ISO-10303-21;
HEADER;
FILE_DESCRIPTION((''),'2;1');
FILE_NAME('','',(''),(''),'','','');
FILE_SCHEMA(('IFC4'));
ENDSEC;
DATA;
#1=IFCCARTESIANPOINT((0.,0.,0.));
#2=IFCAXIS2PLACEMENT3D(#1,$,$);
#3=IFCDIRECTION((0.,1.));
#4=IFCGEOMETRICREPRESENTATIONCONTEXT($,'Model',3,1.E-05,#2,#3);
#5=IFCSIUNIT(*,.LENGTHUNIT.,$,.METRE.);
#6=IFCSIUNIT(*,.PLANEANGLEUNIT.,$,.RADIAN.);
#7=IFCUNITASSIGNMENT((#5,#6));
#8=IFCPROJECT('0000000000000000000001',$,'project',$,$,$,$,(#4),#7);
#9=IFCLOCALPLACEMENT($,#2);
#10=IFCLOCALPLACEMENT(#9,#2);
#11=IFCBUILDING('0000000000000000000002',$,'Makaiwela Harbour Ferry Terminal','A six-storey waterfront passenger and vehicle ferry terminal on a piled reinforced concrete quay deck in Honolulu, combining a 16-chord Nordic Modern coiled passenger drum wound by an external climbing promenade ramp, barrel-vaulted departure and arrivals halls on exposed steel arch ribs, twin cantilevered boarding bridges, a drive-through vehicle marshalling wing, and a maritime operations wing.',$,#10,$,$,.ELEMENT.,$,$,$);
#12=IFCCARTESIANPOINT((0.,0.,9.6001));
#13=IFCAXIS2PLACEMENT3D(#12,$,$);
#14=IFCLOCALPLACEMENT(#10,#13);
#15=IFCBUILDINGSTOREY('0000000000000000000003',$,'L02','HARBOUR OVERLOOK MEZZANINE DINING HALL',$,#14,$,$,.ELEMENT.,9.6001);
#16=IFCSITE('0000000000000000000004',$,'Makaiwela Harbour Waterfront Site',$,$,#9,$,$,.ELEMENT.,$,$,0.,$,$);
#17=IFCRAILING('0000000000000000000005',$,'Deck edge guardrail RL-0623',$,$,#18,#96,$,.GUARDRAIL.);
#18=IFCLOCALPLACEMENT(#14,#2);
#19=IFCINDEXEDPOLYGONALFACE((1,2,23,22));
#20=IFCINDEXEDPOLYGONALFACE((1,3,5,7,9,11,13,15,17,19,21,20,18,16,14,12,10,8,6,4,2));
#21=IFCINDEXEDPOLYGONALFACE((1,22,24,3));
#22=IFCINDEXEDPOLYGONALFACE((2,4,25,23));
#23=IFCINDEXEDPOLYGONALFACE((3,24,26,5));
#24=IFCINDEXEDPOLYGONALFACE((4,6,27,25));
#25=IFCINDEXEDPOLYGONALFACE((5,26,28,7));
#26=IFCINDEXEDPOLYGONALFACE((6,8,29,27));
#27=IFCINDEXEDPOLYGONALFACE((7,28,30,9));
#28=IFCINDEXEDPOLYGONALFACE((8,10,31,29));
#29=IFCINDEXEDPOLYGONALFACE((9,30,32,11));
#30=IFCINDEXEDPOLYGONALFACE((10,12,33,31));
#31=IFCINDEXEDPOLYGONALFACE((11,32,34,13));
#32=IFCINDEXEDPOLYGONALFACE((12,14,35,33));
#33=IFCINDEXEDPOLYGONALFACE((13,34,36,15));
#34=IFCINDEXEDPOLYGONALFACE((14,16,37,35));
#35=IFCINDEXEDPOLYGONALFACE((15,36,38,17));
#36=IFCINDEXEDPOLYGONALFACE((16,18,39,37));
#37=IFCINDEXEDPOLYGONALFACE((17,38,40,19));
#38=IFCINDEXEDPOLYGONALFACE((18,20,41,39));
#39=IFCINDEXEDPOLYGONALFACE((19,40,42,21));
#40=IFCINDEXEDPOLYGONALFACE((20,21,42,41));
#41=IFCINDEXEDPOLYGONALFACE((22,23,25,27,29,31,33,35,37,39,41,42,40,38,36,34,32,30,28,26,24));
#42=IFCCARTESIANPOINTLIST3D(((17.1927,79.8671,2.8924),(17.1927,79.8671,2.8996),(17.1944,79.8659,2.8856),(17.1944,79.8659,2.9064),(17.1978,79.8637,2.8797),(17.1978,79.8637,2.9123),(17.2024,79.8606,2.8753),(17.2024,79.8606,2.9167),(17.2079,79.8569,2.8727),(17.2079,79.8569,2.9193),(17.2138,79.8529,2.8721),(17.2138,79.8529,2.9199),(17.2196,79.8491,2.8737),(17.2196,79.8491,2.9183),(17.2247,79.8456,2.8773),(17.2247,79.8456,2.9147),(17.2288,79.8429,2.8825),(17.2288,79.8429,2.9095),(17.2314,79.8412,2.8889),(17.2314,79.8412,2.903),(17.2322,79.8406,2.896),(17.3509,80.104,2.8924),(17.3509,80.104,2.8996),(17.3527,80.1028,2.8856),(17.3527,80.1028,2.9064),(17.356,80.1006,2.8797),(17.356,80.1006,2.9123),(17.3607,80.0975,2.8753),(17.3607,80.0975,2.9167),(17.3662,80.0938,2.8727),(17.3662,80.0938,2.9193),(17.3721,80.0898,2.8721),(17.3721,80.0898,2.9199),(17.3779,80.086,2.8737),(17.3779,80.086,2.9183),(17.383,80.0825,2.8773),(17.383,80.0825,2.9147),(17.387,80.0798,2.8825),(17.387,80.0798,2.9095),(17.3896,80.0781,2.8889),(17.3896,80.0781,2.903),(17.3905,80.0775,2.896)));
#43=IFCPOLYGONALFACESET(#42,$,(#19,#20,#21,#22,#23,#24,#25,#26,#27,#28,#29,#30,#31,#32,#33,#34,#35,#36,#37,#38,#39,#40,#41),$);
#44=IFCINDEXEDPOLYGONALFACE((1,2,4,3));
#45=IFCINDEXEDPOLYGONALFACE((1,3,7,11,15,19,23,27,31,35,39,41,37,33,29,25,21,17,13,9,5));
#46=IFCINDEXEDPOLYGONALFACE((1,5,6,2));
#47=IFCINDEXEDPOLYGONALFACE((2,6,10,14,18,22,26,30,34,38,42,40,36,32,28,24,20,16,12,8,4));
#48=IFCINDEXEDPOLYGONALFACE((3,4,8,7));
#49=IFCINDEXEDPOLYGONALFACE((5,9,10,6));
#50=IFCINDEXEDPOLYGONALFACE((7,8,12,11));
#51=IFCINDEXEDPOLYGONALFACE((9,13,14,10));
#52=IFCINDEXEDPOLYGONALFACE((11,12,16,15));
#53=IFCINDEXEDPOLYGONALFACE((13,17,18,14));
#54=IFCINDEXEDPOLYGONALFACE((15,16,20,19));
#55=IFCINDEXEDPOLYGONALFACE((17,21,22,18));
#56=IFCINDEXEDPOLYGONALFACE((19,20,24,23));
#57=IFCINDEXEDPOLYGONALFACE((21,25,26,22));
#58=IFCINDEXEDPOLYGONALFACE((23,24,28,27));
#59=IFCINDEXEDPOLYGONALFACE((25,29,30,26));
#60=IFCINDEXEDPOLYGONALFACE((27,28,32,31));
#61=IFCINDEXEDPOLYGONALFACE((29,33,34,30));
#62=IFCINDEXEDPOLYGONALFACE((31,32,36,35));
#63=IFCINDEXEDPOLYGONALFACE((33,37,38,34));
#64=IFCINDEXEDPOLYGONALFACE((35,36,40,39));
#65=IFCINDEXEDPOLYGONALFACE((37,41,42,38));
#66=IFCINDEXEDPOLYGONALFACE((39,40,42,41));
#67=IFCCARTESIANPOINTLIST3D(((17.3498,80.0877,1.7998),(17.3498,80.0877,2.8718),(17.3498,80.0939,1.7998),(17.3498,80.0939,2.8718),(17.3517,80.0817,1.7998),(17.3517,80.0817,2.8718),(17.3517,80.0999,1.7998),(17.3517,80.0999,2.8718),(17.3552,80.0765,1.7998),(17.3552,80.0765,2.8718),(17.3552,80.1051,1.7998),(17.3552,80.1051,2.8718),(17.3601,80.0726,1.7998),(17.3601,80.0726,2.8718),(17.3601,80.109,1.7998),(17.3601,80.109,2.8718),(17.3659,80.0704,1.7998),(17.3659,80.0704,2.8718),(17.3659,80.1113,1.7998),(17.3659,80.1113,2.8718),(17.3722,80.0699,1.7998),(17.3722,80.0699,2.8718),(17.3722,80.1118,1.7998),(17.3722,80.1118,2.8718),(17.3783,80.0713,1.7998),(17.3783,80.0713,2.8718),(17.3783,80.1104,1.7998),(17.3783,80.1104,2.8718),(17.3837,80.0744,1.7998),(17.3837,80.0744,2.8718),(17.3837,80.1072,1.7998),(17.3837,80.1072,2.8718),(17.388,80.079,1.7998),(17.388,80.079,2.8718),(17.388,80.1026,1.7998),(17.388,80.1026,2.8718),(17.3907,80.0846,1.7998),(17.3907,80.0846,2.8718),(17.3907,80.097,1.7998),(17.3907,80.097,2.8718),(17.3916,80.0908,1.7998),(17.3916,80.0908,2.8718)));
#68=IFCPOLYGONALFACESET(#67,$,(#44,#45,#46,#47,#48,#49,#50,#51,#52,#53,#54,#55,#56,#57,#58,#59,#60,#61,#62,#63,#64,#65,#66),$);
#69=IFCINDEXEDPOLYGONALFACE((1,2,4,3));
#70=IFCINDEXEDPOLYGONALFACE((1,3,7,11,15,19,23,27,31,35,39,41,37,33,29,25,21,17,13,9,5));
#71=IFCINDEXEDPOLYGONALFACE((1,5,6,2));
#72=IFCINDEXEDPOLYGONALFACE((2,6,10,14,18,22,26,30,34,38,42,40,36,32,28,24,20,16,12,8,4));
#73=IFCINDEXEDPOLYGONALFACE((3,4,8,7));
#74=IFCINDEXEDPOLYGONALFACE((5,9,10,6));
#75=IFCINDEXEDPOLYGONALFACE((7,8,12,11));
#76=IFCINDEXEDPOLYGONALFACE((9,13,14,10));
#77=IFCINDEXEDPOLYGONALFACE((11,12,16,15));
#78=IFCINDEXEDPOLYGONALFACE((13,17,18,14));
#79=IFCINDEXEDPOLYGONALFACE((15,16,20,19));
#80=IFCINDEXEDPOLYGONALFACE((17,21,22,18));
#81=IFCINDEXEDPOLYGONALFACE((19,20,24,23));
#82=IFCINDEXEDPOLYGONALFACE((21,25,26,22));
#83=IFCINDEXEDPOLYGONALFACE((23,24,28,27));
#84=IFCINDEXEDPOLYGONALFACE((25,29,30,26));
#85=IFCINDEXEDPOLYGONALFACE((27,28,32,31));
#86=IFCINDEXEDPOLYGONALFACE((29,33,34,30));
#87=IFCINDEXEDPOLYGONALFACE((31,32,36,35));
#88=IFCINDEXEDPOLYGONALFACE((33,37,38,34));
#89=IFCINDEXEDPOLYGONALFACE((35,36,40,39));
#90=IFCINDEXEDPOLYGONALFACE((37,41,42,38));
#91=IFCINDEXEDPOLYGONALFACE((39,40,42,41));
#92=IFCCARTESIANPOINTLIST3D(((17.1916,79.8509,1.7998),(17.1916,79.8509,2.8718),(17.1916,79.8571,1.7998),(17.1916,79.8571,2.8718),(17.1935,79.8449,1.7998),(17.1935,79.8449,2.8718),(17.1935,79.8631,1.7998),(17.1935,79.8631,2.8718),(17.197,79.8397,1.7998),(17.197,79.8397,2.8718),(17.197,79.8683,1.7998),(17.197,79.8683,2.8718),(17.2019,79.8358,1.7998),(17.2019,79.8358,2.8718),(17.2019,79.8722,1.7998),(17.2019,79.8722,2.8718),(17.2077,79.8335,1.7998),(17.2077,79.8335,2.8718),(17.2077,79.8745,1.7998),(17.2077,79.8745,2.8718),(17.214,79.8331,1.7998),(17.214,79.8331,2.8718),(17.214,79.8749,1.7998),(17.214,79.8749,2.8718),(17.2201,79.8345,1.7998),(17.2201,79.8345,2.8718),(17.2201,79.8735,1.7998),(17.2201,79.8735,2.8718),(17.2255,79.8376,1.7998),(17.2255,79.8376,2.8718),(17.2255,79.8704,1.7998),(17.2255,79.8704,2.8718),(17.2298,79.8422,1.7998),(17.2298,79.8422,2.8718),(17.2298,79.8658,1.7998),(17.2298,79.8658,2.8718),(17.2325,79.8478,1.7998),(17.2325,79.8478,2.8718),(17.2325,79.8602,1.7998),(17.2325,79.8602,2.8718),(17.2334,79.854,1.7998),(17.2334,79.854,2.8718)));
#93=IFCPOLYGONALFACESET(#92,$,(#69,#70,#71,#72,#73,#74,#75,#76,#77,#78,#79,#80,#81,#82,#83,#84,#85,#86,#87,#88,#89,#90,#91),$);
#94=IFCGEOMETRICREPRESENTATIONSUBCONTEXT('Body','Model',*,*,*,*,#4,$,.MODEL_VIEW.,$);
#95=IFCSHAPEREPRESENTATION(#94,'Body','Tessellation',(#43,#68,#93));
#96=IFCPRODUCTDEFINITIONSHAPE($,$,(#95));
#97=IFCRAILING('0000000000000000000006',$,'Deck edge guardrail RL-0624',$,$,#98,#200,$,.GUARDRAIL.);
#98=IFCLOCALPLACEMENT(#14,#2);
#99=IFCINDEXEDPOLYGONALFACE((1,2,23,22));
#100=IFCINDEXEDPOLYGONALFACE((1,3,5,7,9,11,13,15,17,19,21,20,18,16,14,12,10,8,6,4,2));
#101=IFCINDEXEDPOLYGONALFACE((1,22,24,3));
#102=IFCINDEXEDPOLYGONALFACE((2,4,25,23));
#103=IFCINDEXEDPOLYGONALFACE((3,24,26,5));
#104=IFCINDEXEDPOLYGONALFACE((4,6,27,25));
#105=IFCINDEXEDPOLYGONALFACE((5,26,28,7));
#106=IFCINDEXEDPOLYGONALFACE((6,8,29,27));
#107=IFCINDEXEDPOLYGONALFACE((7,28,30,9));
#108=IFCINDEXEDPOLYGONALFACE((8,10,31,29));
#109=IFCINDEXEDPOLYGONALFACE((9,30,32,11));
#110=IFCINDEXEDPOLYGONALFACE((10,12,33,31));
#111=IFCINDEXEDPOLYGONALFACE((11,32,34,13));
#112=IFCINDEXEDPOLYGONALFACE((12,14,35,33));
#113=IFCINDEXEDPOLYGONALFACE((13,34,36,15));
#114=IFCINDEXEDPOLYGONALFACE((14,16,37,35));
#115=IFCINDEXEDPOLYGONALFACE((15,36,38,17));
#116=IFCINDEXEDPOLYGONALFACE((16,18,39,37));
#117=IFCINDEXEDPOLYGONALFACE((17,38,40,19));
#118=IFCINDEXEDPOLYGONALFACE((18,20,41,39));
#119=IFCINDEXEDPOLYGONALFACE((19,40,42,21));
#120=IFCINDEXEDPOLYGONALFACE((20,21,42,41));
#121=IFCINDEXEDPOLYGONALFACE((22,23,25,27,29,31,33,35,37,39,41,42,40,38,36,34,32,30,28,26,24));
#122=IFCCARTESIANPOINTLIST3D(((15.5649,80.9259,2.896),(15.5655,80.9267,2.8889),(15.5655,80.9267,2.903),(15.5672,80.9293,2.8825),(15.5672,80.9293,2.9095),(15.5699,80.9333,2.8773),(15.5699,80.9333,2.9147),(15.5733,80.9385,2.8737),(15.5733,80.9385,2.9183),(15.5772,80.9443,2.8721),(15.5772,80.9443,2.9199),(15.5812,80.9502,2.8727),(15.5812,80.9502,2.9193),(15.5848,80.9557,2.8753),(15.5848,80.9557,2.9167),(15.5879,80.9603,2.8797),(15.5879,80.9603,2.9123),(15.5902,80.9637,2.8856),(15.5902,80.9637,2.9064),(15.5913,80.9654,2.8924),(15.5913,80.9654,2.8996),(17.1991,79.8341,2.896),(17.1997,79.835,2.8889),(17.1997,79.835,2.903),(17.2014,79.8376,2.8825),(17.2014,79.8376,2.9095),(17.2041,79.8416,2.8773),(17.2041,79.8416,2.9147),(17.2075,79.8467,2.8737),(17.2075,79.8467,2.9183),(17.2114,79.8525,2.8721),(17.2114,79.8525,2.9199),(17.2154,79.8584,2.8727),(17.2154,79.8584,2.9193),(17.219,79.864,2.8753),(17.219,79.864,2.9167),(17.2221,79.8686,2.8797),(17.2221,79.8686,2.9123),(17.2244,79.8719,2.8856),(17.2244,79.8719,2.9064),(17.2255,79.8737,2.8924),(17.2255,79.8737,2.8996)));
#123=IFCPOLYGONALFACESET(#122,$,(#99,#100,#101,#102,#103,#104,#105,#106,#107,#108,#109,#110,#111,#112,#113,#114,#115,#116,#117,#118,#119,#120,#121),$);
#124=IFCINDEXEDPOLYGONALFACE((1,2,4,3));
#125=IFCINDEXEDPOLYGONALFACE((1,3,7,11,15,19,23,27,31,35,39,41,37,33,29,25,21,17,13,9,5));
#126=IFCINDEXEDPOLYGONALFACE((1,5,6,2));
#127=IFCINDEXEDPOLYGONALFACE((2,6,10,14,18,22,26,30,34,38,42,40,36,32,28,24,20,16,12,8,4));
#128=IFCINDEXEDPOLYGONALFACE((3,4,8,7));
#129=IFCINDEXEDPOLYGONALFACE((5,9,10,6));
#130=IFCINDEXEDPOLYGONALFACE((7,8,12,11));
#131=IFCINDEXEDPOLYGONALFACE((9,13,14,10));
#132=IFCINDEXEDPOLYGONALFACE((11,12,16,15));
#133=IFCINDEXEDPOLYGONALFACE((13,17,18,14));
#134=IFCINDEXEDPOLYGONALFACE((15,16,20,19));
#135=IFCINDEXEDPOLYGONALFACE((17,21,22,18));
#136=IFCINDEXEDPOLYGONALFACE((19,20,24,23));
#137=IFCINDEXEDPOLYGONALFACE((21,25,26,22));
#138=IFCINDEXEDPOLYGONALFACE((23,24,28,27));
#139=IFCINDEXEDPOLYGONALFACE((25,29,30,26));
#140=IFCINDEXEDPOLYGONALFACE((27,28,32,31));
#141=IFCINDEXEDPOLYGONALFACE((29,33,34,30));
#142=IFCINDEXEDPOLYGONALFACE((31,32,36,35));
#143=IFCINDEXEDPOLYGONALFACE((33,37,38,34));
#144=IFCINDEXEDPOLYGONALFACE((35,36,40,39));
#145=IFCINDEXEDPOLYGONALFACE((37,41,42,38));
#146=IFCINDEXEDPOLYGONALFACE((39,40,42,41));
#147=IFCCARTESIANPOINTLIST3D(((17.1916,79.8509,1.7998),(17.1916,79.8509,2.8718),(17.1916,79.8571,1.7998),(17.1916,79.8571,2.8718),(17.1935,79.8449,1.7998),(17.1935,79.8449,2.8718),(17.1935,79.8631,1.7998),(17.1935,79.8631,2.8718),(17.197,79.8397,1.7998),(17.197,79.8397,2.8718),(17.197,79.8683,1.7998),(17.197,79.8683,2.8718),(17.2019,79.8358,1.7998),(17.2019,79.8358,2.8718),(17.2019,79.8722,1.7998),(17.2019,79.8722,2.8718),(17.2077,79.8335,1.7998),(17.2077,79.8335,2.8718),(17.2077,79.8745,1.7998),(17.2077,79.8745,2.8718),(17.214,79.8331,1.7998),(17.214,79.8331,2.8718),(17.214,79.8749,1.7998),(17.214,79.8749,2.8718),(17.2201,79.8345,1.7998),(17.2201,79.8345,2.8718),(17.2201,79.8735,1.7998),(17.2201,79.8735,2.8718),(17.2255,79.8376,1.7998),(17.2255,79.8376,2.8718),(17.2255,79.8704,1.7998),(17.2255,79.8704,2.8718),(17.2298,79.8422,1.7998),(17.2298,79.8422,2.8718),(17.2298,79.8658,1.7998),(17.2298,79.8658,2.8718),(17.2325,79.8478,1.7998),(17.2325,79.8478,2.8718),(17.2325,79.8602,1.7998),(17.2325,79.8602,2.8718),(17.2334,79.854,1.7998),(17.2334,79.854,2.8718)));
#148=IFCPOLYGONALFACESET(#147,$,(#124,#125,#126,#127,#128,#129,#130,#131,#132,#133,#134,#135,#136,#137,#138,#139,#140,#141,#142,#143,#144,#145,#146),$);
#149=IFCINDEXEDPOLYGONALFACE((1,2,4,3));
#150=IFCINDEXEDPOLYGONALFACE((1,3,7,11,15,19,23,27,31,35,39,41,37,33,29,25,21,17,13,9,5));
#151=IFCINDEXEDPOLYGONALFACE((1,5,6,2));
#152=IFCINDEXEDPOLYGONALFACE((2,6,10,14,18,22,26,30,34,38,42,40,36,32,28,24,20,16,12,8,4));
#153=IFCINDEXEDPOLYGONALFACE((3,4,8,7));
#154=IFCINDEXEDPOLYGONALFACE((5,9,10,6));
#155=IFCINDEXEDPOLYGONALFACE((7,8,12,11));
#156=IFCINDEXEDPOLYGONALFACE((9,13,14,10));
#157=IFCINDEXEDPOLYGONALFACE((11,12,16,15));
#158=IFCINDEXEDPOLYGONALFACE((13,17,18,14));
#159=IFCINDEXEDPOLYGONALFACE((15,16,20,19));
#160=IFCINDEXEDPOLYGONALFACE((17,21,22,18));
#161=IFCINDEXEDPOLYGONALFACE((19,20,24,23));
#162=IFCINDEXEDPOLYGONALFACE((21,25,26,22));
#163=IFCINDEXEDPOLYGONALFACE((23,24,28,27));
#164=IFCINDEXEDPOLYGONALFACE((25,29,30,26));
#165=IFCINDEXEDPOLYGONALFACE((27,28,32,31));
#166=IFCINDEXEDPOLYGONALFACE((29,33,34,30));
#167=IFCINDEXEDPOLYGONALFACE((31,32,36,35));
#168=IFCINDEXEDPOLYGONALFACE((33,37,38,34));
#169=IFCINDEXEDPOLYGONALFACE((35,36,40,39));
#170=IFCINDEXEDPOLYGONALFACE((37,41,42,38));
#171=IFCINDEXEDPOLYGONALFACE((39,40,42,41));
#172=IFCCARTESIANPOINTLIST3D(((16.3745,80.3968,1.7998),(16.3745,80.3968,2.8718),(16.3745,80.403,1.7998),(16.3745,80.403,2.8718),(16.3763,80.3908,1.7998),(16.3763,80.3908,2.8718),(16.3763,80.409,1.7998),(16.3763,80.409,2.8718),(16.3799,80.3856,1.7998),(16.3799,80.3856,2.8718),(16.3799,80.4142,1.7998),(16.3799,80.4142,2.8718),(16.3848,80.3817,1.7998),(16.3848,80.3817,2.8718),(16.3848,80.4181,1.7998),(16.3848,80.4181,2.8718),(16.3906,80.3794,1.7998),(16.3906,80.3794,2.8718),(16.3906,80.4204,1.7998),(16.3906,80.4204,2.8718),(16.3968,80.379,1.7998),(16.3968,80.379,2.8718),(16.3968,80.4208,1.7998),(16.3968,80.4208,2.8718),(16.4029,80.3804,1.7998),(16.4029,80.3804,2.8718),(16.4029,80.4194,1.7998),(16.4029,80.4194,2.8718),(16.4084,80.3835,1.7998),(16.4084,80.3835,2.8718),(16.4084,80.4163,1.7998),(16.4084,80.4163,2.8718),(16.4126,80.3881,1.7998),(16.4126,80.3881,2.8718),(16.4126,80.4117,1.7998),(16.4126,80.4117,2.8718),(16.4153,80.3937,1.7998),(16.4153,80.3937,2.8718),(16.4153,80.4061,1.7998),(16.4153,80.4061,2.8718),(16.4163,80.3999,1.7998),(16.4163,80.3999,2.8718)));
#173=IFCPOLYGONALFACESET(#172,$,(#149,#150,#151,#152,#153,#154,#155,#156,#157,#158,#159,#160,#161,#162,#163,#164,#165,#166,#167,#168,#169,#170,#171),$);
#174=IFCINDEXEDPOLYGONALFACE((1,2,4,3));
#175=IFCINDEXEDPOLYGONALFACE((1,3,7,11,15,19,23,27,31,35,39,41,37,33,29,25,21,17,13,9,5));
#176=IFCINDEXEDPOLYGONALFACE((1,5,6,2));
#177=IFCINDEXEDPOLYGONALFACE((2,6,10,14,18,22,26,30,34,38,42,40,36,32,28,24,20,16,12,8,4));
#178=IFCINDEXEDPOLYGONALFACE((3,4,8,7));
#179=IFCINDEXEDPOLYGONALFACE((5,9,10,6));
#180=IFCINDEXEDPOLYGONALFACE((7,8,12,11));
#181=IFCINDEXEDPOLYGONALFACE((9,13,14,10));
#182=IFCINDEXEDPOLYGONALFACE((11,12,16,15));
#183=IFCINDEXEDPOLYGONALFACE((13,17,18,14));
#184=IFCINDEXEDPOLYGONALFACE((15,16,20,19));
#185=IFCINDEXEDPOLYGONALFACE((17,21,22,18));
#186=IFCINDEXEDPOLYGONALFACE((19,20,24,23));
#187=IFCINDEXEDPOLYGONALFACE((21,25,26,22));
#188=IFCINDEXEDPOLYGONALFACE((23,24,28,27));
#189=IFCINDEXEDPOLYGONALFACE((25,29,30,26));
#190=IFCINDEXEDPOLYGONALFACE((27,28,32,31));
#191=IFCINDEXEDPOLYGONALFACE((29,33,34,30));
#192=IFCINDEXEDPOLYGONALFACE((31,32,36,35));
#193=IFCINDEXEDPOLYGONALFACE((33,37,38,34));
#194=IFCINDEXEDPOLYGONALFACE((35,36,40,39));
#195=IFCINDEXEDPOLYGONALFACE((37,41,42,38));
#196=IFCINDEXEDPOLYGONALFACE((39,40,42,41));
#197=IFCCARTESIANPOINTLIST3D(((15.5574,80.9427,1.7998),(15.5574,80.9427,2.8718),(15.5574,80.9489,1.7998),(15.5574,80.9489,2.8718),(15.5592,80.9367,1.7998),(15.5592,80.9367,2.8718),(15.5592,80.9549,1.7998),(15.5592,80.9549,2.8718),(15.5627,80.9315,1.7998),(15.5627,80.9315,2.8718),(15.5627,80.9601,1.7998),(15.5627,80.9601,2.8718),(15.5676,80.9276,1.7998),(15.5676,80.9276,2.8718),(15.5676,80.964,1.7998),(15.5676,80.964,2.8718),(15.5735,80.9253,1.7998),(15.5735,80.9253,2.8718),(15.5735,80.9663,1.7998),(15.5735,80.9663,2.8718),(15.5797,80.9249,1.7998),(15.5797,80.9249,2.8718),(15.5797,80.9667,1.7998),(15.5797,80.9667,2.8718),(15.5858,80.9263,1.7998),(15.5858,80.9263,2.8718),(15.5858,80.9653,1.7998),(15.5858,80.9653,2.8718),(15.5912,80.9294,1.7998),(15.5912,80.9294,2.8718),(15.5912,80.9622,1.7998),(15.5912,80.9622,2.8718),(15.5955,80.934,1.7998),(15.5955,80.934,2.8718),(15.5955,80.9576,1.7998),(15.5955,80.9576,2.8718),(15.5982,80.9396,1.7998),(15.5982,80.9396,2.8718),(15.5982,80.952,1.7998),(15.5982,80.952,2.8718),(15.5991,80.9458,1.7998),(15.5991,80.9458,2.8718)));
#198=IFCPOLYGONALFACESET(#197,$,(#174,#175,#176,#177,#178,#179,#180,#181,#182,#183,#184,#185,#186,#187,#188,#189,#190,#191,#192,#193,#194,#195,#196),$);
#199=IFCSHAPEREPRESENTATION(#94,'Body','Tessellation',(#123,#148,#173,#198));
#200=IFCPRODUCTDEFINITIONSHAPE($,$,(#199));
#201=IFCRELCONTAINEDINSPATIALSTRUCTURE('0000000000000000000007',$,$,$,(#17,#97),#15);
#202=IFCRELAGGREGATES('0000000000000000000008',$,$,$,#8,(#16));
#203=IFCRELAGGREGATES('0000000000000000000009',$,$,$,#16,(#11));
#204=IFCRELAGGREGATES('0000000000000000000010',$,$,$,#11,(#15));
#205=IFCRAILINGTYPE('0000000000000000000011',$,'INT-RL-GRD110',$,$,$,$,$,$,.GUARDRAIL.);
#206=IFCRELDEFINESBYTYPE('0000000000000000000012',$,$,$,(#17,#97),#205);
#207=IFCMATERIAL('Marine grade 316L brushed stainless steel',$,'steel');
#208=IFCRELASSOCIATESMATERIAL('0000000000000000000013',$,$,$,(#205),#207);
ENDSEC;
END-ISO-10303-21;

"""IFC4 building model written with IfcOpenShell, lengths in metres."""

from ifc_helpers import new_model, si_unit, direction, frame, origin, origin_2d, place, context, subcontext, project, spatial, circle, extrude, material, type_object, element, save


model = new_model("IFC4")

# Units and contexts
model_context = context("Model", 3, precision=1e-05, world=origin(), true_north=direction((0.0, 1.0)))
body_context = subcontext(model_context, "Body", "Model", "MODEL_VIEW")
ifc_project = project(units=[si_unit("LENGTHUNIT", "METRE"), si_unit("PLANEANGLEUNIT", "RADIAN")], contexts=[model_context])

# Site, building, storey
site_placement = place(None, origin())
site = spatial("IfcSite", under=ifc_project, at=site_placement, Name="Makaiwela Harbour Waterfront Site", CompositionType="ELEMENT", RefElevation=0.0)
building_placement = place(site_placement, origin())
building = spatial("IfcBuilding", under=site, at=building_placement, Name="Makaiwela Harbour Ferry Terminal", Description="A six-storey waterfront passenger and vehicle ferry terminal on a piled reinforced concrete quay deck in Honolulu, combining a 16-chord Nordic Modern coiled passenger drum wound by an external climbing promenade ramp, barrel-vaulted departure and arrivals halls on exposed steel arch ribs, twin cantilevered boarding bridges, a drive-through vehicle marshalling wing, and a maritime operations wing.", CompositionType="ELEMENT")
storey_placement = place(building_placement, frame((0.0, 0.0, 9.6001)))
storey = spatial("IfcBuildingStorey", under=building, at=storey_placement, Name="L02", Description="HARBOUR OVERLOOK MEZZANINE DINING HALL", CompositionType="ELEMENT", Elevation=9.6001)

# Railings
ifc_material_1 = material(Name="Marine grade 316L brushed stainless steel", Category="steel")
railing_type = type_object("IfcRailingType", Name="INT-RL-GRD110", PredefinedType="GUARDRAIL", material=ifc_material_1)
railing_1_placement = place(storey_placement, frame((17.3706, 80.0908, 1.7998)))
element("IfcRailing", 1, at=railing_1_placement, inside=storey, type_object=railing_type, Name="Deck edge guardrail RL-0623", PredefinedType="GUARDRAIL", context=body_context, shape_type="SweptSolid", body=[
    extrude(circle(Radius=0.0239, at=origin_2d()), frame((0.0, 0.0, 1.0962), z_axis=(-0.555491, -0.831522, 0.0), x_axis=(0.831522, -0.555491, 0.0)), (0.0, 0.0, 1.0), 0.2849),
    extrude(circle(Radius=0.021, at=origin_2d()), origin(), (0.0, 0.0, 1.0), 1.072),
    extrude(circle(Radius=0.021, at=origin_2d()), frame((-0.1582, -0.2368, 0.0)), (0.0, 0.0, 1.0), 1.072),
])
railing_2_placement = place(storey_placement, frame((17.2124, 79.854, 1.7998)))
element("IfcRailing", 2, at=railing_2_placement, inside=storey, type_object=railing_type, Name="Deck edge guardrail RL-0624", PredefinedType="GUARDRAIL", context=body_context, shape_type="SweptSolid", body=[
    extrude(circle(Radius=0.0239, at=origin_2d()), frame((0.0, 0.0, 1.0962), z_axis=(-0.831515, 0.555503, 0.0), x_axis=(-0.555503, -0.831515, 0.0)), (0.0, 0.0, 1.0), 1.9653),
    extrude(circle(Radius=0.021, at=origin_2d()), origin(), (0.0, 0.0, 1.0), 1.072),
    extrude(circle(Radius=0.021, at=origin_2d()), frame((-0.8171, 0.5459, 0.0)), (0.0, 0.0, 1.0), 1.072),
    extrude(circle(Radius=0.021, at=origin_2d()), frame((-1.6343, 1.0918, 0.0)), (0.0, 0.0, 1.0), 1.072),
])

save(model, "model.ifc")
